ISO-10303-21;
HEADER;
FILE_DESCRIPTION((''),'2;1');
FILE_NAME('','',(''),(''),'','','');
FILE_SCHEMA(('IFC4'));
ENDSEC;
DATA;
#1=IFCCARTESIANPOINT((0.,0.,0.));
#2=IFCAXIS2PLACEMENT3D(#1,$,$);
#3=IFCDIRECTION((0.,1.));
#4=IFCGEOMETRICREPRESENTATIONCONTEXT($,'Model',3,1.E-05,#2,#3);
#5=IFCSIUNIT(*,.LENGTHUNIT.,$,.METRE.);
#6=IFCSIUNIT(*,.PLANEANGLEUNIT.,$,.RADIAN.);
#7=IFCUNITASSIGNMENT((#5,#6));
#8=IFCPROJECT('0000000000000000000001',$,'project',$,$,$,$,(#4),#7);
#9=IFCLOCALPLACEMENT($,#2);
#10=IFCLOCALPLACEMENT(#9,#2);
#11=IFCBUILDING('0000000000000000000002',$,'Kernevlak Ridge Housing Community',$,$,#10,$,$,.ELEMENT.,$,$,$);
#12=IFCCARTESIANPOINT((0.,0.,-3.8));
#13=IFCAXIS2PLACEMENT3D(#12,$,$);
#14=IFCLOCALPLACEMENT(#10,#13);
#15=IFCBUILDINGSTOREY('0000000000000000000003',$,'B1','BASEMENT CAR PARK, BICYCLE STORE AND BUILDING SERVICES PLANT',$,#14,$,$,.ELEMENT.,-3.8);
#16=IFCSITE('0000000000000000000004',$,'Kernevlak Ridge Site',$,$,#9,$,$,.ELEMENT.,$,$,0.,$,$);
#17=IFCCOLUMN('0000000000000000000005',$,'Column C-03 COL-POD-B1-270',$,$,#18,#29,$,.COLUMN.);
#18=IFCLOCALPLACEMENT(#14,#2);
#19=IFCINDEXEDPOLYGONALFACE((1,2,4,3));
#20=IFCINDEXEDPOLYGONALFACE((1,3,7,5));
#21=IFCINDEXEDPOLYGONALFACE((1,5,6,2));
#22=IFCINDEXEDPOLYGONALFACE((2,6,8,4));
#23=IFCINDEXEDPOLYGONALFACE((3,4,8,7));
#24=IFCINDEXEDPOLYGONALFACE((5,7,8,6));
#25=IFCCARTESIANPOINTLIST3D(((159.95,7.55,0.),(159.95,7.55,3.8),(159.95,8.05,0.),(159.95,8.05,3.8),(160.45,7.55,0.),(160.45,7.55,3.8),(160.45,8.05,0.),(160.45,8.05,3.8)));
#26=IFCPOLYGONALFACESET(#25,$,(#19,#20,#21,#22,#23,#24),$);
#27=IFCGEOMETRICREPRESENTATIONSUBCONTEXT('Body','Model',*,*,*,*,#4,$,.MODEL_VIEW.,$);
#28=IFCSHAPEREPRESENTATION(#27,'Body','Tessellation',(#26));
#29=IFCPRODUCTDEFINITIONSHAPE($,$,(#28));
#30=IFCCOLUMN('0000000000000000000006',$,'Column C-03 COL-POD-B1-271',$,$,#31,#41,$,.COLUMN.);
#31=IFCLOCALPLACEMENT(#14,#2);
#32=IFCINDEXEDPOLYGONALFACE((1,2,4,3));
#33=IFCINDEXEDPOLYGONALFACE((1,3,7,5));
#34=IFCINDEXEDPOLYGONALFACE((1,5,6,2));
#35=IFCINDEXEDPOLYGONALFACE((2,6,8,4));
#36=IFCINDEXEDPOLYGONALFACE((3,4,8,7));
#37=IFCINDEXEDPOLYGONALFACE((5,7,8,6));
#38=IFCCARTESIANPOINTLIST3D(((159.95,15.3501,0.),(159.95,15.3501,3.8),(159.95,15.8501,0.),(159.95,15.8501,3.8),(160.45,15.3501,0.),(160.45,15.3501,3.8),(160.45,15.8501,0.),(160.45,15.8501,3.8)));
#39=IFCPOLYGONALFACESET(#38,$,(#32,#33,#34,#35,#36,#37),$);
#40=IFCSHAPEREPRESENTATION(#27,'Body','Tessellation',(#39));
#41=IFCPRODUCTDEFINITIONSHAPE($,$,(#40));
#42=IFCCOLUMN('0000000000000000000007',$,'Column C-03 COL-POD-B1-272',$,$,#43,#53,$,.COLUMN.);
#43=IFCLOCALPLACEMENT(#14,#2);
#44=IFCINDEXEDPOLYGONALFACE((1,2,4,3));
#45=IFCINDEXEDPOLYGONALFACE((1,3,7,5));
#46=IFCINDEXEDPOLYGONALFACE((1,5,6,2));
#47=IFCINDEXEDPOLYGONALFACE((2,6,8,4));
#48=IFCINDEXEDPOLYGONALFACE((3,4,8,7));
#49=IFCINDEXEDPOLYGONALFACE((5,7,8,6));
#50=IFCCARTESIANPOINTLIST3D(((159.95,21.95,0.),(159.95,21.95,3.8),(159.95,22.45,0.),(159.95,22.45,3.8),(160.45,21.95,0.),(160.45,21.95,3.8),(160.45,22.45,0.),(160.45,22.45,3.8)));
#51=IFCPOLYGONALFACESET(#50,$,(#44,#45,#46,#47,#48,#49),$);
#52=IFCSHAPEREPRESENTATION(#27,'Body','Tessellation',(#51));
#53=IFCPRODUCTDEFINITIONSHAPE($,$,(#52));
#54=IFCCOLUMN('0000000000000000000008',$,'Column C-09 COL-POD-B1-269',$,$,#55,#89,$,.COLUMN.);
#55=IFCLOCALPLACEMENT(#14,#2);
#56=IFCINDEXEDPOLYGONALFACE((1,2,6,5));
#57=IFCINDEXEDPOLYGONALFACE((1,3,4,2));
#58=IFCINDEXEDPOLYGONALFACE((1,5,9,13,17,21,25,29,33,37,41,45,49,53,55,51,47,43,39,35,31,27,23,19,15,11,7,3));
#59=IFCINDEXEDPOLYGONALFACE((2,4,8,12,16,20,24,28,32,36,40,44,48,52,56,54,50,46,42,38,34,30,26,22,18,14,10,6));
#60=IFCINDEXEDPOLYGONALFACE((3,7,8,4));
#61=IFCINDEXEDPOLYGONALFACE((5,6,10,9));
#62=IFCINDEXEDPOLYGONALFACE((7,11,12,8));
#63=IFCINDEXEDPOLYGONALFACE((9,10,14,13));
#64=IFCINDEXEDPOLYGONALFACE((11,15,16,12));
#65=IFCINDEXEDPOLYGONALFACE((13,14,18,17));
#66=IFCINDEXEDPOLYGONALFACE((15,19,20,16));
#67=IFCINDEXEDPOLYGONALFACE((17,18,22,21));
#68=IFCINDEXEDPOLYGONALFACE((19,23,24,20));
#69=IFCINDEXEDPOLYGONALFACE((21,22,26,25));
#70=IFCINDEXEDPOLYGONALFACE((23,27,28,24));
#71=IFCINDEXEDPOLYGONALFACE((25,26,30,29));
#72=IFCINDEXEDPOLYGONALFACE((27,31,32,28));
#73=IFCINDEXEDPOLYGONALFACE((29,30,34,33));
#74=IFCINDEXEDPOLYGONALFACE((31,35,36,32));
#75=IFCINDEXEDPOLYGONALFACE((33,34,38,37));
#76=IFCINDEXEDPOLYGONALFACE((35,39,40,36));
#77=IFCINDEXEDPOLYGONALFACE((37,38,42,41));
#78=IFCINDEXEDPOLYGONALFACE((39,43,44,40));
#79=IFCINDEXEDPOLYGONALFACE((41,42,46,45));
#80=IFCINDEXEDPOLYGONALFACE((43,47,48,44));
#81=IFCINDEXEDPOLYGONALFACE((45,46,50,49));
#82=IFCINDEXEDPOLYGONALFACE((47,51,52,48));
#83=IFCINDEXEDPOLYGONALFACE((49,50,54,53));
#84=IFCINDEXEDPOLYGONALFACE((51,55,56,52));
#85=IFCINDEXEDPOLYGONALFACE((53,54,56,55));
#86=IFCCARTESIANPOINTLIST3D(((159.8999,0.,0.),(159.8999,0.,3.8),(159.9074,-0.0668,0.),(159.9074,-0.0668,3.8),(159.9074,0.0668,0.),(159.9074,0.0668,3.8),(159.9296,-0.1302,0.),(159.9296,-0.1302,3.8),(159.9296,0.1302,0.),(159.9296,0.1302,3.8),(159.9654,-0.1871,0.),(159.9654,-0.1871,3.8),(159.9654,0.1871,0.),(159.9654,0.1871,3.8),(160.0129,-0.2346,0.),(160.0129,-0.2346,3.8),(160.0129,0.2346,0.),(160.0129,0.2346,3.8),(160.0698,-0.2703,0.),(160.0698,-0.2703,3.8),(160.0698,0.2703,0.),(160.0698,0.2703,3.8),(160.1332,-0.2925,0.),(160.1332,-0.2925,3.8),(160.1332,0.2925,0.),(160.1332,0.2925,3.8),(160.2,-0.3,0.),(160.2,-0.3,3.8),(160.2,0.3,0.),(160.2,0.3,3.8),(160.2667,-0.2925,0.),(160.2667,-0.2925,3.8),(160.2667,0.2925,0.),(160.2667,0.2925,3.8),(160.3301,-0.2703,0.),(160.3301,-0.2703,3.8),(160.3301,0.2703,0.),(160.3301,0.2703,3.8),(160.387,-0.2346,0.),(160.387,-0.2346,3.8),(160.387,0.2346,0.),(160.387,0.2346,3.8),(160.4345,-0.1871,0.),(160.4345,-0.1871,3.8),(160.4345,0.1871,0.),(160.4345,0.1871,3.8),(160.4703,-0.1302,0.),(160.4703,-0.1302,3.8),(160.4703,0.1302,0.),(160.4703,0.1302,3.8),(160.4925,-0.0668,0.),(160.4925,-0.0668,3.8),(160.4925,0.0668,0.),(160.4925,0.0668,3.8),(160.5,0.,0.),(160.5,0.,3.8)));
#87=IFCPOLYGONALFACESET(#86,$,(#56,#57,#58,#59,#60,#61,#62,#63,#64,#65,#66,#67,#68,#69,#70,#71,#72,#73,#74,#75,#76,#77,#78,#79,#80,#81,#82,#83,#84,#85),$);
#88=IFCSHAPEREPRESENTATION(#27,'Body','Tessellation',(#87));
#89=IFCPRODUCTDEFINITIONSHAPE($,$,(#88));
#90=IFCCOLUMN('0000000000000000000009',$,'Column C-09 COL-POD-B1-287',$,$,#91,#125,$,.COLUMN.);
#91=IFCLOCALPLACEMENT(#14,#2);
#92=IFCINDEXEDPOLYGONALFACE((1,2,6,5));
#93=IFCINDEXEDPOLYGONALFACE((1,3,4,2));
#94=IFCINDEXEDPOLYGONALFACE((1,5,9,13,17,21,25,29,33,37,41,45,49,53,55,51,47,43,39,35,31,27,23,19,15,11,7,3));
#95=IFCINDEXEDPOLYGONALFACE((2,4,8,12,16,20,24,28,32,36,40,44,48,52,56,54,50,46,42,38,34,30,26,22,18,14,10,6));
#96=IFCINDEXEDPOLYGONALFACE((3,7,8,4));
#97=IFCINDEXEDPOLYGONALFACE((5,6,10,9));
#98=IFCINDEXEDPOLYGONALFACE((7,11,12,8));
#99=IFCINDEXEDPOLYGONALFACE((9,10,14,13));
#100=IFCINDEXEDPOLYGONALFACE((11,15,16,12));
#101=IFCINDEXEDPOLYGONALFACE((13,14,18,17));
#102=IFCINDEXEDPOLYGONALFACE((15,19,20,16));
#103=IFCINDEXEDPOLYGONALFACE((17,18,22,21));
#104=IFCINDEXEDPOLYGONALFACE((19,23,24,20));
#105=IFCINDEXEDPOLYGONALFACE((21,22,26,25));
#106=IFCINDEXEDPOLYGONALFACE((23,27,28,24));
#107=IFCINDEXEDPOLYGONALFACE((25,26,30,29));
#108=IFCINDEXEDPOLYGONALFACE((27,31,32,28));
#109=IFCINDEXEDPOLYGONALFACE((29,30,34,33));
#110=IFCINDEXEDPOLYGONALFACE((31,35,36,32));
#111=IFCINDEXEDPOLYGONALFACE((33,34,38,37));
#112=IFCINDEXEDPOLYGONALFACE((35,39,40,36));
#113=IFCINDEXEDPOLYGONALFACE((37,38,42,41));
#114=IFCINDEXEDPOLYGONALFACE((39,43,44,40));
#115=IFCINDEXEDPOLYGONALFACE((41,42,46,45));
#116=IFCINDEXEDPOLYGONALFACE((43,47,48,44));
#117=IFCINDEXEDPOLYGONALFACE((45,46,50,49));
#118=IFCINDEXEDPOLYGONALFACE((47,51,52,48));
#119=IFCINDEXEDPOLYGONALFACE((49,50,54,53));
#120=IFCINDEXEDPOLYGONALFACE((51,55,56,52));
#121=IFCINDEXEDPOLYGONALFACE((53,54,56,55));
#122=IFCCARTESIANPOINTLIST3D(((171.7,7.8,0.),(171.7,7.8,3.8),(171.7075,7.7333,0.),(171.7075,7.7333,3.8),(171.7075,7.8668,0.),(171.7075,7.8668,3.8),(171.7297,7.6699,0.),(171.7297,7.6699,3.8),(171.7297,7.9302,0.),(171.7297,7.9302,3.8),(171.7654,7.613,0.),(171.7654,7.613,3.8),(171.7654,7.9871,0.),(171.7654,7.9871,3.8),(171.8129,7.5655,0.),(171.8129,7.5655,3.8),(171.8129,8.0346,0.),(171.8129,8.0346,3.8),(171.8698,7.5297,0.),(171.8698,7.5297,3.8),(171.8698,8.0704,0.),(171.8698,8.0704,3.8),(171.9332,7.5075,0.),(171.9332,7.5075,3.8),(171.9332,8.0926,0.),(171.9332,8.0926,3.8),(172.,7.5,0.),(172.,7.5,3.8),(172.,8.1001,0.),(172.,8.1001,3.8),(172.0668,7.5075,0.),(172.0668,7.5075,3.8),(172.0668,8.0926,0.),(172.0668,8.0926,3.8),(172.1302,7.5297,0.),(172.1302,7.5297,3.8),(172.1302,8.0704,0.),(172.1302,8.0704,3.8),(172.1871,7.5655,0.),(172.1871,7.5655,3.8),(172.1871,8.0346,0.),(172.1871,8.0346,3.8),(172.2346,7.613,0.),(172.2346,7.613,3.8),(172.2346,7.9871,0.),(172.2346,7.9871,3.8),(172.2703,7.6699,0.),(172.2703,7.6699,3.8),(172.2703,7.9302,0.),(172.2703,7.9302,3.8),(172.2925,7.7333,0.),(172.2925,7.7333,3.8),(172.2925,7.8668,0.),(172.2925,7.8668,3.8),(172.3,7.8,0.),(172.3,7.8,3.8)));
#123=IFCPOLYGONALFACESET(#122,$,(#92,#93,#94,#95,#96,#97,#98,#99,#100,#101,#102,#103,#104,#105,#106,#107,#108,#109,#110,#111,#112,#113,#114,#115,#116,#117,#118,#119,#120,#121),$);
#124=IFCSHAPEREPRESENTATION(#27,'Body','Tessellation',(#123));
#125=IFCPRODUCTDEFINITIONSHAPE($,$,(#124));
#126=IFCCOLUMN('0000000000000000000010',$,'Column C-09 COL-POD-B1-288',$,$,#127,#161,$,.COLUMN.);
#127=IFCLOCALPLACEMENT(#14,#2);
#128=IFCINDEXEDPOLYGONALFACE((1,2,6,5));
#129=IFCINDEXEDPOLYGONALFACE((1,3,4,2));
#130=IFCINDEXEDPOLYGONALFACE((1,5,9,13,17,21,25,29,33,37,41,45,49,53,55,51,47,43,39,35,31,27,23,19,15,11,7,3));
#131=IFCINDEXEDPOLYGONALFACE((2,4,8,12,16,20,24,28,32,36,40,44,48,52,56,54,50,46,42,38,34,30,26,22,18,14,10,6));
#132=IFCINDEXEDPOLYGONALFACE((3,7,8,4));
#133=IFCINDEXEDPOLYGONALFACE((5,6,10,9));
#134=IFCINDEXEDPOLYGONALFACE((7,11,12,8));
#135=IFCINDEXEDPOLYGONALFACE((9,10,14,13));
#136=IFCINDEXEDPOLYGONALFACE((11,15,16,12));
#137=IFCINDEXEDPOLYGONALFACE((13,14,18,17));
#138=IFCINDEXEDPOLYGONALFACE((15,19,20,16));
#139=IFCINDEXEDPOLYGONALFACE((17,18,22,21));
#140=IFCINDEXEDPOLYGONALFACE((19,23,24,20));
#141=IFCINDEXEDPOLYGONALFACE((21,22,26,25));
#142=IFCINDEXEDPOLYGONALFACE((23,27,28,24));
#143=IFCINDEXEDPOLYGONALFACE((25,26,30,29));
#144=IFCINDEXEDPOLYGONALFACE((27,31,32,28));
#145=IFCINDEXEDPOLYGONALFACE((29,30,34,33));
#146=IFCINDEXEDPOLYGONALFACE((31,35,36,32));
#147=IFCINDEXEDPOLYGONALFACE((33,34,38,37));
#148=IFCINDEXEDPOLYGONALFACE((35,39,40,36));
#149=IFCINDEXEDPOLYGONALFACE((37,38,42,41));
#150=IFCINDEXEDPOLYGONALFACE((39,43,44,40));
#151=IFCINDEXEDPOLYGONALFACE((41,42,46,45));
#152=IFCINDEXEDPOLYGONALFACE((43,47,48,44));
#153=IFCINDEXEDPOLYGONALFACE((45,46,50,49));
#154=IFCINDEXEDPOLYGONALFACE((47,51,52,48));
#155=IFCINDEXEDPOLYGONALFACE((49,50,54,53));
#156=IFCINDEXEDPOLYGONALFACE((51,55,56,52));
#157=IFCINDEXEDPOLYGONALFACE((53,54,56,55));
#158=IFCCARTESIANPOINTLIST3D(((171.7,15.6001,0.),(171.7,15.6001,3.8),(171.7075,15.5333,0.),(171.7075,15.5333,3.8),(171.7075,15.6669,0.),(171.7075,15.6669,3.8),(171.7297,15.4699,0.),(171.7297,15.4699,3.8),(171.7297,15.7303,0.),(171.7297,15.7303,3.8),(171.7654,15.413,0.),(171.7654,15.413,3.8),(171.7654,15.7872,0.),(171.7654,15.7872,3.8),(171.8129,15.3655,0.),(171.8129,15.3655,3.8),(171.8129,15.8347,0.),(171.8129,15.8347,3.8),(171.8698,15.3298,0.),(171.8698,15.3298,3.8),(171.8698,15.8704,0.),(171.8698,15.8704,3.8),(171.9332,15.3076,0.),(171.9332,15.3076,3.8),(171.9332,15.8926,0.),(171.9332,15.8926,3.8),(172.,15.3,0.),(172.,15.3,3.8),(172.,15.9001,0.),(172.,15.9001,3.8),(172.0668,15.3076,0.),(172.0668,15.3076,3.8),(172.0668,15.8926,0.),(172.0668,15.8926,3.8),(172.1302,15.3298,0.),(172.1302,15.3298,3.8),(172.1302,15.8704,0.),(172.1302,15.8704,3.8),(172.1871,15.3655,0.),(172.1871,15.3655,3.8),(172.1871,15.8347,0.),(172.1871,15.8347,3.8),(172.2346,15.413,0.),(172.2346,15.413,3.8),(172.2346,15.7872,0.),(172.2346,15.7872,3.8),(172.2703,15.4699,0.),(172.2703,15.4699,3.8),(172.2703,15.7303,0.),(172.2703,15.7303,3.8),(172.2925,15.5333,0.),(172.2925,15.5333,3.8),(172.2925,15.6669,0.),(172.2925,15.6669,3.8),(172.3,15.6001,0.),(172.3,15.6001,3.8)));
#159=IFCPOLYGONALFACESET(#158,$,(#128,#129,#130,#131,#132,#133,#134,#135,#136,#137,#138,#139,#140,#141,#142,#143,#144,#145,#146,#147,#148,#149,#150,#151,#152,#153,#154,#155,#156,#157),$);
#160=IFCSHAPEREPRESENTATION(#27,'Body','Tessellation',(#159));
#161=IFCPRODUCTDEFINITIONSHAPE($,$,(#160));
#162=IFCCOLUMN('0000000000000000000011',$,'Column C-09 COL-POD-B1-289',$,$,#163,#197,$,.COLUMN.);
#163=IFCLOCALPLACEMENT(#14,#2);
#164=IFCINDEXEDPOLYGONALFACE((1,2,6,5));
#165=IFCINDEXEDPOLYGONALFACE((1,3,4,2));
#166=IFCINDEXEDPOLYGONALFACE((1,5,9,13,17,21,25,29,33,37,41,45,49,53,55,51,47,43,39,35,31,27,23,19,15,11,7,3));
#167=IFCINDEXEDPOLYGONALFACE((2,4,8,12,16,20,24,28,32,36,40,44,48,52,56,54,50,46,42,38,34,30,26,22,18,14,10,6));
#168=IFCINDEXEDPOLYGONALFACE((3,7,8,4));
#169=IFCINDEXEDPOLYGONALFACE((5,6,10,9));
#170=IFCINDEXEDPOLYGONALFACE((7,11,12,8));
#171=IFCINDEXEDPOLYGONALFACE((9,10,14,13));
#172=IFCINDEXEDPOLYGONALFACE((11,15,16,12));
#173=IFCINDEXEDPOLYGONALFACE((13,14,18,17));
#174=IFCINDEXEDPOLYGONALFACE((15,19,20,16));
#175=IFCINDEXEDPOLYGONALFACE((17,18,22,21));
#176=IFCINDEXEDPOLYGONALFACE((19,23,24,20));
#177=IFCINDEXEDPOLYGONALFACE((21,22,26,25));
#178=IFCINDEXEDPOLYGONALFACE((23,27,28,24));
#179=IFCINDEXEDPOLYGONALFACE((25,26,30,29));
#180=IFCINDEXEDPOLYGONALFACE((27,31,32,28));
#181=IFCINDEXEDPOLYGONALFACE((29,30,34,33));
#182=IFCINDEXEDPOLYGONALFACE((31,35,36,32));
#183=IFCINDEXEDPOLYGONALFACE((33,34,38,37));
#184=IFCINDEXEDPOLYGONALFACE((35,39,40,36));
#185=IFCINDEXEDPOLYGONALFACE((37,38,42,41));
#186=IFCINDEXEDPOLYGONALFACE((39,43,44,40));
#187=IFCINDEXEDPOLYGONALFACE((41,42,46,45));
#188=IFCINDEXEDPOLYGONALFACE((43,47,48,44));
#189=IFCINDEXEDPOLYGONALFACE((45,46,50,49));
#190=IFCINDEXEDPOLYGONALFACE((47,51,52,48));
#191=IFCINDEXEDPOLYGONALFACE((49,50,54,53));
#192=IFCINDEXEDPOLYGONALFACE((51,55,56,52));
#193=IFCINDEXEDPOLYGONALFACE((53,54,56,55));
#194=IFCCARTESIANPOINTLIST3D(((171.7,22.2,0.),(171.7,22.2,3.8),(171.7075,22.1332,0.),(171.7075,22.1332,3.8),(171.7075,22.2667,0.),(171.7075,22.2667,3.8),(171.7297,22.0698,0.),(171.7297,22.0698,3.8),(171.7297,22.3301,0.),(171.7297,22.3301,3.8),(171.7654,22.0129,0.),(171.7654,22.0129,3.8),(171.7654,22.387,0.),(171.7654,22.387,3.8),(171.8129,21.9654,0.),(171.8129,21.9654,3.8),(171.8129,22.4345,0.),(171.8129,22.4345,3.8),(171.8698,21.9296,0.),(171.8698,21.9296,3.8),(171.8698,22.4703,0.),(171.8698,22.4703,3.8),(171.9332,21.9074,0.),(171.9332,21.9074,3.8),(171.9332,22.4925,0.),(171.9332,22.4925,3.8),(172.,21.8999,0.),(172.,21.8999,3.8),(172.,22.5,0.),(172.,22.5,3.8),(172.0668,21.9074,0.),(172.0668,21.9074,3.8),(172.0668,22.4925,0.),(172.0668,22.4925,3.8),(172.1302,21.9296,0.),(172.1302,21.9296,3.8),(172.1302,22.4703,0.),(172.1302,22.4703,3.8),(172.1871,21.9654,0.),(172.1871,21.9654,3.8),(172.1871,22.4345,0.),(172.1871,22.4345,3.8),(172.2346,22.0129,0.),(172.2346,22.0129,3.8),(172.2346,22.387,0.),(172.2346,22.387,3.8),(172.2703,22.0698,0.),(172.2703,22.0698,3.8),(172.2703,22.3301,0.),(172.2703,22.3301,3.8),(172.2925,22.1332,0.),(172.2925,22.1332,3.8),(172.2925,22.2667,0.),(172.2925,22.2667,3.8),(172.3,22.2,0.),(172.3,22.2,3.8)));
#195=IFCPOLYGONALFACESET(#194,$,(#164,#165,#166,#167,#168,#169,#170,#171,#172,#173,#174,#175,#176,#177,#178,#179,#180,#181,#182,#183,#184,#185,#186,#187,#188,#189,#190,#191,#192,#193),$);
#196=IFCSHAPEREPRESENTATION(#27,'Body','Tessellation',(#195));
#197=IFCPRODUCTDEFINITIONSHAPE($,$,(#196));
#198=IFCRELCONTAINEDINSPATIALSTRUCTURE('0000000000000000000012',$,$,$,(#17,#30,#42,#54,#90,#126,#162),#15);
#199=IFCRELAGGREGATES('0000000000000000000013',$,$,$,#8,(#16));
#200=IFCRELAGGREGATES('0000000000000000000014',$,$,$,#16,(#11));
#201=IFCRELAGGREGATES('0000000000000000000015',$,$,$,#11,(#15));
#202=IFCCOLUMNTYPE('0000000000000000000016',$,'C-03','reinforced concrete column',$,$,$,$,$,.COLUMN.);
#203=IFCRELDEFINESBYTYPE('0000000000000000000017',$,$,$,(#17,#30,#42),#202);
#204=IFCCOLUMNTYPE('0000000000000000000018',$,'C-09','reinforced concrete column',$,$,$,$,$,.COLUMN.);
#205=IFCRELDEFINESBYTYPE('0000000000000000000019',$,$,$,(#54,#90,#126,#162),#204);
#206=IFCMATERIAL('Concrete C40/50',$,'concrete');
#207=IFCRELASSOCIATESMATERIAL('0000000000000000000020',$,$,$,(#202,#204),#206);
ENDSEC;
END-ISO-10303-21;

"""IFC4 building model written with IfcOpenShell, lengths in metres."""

from ifc_helpers import new_model, si_unit, direction, frame, origin, origin_2d, place, context, subcontext, project, spatial, rectangle, circle, extrude, material, material_profile, profile_set, type_object, element, save


model = new_model("IFC4")

# Units and contexts
model_context = context("Model", 3, precision=1e-05, world=origin(), true_north=direction((0.0, 1.0)))
body_context = subcontext(model_context, "Body", "Model", "MODEL_VIEW")
ifc_project = project(units=[si_unit("LENGTHUNIT", "METRE"), si_unit("PLANEANGLEUNIT", "RADIAN")], contexts=[model_context])

# Site, building, storey
site_placement = place(None, origin())
site = spatial("IfcSite", under=ifc_project, at=site_placement, Name="Kernevlak Ridge Site", CompositionType="ELEMENT", RefElevation=0.0)
building_placement = place(site_placement, origin())
building = spatial("IfcBuilding", under=site, at=building_placement, Name="Kernevlak Ridge Housing Community", CompositionType="ELEMENT")
storey_placement = place(building_placement, frame((0.0, 0.0, -3.8)))
storey = spatial("IfcBuildingStorey", under=building, at=storey_placement, Name="B1", Description="BASEMENT CAR PARK, BICYCLE STORE AND BUILDING SERVICES PLANT", CompositionType="ELEMENT", Elevation=-3.8)

# Columns
ifc_material_1 = material(Name="Concrete C40/50", Category="concrete")
ifc_material_profile_1 = material_profile(ifc_material_1, rectangle(XDim=0.5, YDim=0.5, at=origin_2d()), Name="RC 500x500")
ifc_profile_set_1 = profile_set([ifc_material_profile_1], Name="Concrete C40/50")
column_type_1 = type_object("IfcColumnType", Name="C-03", Description="reinforced concrete column", PredefinedType="COLUMN", material=ifc_profile_set_1)
for number, where, z_axis, x_axis, name in (
    (1, (160.2, 7.8, 0.0), (0.0, 0.0, 1.0), (1.0, 0.0, 0.0), "Column C-03 COL-POD-B1-270"),
    (2, (160.2, 15.6001, 0.0), (0.0, 0.0, 1.0), (1.0, 0.0, 0.0), "Column C-03 COL-POD-B1-271"),
    (3, (160.2, 22.2, 0.0), (0.0, 0.0, 1.0), (1.0, 0.0, 0.0), "Column C-03 COL-POD-B1-272"),
):
    element("IfcColumn", number, at=place(storey_placement, frame(where, z_axis=z_axis, x_axis=x_axis)), inside=storey, type_object=column_type_1, Name=name, PredefinedType="COLUMN", context=body_context, shape_type="SweptSolid", body=[
        extrude(rectangle(XDim=0.5, YDim=0.5, at=origin_2d()), origin(), (0.0, 0.0, 1.0), 3.8),
    ])
ifc_material_profile_2 = material_profile(ifc_material_1, circle(Radius=0.3, at=origin_2d()), Name="RC D600")
ifc_profile_set_2 = profile_set([ifc_material_profile_2], Name="Concrete C40/50")
column_type_2 = type_object("IfcColumnType", Name="C-09", Description="reinforced concrete column", PredefinedType="COLUMN", material=ifc_profile_set_2)
for number, where, z_axis, x_axis, name in (
    (4, (160.2, 0.0, 0.0), (0.0, 0.0, 1.0), (1.0, 0.0, 0.0), "Column C-09 COL-POD-B1-269"),
    (5, (172.0, 7.8, 0.0), (0.0, 0.0, 1.0), (1.0, 0.0, 0.0), "Column C-09 COL-POD-B1-287"),
    (6, (172.0, 15.6001, 0.0), (0.0, 0.0, 1.0), (1.0, 0.0, 0.0), "Column C-09 COL-POD-B1-288"),
    (7, (172.0, 22.2, 0.0), (0.0, 0.0, 1.0), (1.0, 0.0, 0.0), "Column C-09 COL-POD-B1-289"),
):
    element("IfcColumn", number, at=place(storey_placement, frame(where, z_axis=z_axis, x_axis=x_axis)), inside=storey, type_object=column_type_2, Name=name, PredefinedType="COLUMN", context=body_context, shape_type="SweptSolid", body=[
        extrude(circle(Radius=0.3, at=origin_2d()), origin(), (0.0, 0.0, 1.0), 3.8),
    ])

save(model, "model.ifc")
